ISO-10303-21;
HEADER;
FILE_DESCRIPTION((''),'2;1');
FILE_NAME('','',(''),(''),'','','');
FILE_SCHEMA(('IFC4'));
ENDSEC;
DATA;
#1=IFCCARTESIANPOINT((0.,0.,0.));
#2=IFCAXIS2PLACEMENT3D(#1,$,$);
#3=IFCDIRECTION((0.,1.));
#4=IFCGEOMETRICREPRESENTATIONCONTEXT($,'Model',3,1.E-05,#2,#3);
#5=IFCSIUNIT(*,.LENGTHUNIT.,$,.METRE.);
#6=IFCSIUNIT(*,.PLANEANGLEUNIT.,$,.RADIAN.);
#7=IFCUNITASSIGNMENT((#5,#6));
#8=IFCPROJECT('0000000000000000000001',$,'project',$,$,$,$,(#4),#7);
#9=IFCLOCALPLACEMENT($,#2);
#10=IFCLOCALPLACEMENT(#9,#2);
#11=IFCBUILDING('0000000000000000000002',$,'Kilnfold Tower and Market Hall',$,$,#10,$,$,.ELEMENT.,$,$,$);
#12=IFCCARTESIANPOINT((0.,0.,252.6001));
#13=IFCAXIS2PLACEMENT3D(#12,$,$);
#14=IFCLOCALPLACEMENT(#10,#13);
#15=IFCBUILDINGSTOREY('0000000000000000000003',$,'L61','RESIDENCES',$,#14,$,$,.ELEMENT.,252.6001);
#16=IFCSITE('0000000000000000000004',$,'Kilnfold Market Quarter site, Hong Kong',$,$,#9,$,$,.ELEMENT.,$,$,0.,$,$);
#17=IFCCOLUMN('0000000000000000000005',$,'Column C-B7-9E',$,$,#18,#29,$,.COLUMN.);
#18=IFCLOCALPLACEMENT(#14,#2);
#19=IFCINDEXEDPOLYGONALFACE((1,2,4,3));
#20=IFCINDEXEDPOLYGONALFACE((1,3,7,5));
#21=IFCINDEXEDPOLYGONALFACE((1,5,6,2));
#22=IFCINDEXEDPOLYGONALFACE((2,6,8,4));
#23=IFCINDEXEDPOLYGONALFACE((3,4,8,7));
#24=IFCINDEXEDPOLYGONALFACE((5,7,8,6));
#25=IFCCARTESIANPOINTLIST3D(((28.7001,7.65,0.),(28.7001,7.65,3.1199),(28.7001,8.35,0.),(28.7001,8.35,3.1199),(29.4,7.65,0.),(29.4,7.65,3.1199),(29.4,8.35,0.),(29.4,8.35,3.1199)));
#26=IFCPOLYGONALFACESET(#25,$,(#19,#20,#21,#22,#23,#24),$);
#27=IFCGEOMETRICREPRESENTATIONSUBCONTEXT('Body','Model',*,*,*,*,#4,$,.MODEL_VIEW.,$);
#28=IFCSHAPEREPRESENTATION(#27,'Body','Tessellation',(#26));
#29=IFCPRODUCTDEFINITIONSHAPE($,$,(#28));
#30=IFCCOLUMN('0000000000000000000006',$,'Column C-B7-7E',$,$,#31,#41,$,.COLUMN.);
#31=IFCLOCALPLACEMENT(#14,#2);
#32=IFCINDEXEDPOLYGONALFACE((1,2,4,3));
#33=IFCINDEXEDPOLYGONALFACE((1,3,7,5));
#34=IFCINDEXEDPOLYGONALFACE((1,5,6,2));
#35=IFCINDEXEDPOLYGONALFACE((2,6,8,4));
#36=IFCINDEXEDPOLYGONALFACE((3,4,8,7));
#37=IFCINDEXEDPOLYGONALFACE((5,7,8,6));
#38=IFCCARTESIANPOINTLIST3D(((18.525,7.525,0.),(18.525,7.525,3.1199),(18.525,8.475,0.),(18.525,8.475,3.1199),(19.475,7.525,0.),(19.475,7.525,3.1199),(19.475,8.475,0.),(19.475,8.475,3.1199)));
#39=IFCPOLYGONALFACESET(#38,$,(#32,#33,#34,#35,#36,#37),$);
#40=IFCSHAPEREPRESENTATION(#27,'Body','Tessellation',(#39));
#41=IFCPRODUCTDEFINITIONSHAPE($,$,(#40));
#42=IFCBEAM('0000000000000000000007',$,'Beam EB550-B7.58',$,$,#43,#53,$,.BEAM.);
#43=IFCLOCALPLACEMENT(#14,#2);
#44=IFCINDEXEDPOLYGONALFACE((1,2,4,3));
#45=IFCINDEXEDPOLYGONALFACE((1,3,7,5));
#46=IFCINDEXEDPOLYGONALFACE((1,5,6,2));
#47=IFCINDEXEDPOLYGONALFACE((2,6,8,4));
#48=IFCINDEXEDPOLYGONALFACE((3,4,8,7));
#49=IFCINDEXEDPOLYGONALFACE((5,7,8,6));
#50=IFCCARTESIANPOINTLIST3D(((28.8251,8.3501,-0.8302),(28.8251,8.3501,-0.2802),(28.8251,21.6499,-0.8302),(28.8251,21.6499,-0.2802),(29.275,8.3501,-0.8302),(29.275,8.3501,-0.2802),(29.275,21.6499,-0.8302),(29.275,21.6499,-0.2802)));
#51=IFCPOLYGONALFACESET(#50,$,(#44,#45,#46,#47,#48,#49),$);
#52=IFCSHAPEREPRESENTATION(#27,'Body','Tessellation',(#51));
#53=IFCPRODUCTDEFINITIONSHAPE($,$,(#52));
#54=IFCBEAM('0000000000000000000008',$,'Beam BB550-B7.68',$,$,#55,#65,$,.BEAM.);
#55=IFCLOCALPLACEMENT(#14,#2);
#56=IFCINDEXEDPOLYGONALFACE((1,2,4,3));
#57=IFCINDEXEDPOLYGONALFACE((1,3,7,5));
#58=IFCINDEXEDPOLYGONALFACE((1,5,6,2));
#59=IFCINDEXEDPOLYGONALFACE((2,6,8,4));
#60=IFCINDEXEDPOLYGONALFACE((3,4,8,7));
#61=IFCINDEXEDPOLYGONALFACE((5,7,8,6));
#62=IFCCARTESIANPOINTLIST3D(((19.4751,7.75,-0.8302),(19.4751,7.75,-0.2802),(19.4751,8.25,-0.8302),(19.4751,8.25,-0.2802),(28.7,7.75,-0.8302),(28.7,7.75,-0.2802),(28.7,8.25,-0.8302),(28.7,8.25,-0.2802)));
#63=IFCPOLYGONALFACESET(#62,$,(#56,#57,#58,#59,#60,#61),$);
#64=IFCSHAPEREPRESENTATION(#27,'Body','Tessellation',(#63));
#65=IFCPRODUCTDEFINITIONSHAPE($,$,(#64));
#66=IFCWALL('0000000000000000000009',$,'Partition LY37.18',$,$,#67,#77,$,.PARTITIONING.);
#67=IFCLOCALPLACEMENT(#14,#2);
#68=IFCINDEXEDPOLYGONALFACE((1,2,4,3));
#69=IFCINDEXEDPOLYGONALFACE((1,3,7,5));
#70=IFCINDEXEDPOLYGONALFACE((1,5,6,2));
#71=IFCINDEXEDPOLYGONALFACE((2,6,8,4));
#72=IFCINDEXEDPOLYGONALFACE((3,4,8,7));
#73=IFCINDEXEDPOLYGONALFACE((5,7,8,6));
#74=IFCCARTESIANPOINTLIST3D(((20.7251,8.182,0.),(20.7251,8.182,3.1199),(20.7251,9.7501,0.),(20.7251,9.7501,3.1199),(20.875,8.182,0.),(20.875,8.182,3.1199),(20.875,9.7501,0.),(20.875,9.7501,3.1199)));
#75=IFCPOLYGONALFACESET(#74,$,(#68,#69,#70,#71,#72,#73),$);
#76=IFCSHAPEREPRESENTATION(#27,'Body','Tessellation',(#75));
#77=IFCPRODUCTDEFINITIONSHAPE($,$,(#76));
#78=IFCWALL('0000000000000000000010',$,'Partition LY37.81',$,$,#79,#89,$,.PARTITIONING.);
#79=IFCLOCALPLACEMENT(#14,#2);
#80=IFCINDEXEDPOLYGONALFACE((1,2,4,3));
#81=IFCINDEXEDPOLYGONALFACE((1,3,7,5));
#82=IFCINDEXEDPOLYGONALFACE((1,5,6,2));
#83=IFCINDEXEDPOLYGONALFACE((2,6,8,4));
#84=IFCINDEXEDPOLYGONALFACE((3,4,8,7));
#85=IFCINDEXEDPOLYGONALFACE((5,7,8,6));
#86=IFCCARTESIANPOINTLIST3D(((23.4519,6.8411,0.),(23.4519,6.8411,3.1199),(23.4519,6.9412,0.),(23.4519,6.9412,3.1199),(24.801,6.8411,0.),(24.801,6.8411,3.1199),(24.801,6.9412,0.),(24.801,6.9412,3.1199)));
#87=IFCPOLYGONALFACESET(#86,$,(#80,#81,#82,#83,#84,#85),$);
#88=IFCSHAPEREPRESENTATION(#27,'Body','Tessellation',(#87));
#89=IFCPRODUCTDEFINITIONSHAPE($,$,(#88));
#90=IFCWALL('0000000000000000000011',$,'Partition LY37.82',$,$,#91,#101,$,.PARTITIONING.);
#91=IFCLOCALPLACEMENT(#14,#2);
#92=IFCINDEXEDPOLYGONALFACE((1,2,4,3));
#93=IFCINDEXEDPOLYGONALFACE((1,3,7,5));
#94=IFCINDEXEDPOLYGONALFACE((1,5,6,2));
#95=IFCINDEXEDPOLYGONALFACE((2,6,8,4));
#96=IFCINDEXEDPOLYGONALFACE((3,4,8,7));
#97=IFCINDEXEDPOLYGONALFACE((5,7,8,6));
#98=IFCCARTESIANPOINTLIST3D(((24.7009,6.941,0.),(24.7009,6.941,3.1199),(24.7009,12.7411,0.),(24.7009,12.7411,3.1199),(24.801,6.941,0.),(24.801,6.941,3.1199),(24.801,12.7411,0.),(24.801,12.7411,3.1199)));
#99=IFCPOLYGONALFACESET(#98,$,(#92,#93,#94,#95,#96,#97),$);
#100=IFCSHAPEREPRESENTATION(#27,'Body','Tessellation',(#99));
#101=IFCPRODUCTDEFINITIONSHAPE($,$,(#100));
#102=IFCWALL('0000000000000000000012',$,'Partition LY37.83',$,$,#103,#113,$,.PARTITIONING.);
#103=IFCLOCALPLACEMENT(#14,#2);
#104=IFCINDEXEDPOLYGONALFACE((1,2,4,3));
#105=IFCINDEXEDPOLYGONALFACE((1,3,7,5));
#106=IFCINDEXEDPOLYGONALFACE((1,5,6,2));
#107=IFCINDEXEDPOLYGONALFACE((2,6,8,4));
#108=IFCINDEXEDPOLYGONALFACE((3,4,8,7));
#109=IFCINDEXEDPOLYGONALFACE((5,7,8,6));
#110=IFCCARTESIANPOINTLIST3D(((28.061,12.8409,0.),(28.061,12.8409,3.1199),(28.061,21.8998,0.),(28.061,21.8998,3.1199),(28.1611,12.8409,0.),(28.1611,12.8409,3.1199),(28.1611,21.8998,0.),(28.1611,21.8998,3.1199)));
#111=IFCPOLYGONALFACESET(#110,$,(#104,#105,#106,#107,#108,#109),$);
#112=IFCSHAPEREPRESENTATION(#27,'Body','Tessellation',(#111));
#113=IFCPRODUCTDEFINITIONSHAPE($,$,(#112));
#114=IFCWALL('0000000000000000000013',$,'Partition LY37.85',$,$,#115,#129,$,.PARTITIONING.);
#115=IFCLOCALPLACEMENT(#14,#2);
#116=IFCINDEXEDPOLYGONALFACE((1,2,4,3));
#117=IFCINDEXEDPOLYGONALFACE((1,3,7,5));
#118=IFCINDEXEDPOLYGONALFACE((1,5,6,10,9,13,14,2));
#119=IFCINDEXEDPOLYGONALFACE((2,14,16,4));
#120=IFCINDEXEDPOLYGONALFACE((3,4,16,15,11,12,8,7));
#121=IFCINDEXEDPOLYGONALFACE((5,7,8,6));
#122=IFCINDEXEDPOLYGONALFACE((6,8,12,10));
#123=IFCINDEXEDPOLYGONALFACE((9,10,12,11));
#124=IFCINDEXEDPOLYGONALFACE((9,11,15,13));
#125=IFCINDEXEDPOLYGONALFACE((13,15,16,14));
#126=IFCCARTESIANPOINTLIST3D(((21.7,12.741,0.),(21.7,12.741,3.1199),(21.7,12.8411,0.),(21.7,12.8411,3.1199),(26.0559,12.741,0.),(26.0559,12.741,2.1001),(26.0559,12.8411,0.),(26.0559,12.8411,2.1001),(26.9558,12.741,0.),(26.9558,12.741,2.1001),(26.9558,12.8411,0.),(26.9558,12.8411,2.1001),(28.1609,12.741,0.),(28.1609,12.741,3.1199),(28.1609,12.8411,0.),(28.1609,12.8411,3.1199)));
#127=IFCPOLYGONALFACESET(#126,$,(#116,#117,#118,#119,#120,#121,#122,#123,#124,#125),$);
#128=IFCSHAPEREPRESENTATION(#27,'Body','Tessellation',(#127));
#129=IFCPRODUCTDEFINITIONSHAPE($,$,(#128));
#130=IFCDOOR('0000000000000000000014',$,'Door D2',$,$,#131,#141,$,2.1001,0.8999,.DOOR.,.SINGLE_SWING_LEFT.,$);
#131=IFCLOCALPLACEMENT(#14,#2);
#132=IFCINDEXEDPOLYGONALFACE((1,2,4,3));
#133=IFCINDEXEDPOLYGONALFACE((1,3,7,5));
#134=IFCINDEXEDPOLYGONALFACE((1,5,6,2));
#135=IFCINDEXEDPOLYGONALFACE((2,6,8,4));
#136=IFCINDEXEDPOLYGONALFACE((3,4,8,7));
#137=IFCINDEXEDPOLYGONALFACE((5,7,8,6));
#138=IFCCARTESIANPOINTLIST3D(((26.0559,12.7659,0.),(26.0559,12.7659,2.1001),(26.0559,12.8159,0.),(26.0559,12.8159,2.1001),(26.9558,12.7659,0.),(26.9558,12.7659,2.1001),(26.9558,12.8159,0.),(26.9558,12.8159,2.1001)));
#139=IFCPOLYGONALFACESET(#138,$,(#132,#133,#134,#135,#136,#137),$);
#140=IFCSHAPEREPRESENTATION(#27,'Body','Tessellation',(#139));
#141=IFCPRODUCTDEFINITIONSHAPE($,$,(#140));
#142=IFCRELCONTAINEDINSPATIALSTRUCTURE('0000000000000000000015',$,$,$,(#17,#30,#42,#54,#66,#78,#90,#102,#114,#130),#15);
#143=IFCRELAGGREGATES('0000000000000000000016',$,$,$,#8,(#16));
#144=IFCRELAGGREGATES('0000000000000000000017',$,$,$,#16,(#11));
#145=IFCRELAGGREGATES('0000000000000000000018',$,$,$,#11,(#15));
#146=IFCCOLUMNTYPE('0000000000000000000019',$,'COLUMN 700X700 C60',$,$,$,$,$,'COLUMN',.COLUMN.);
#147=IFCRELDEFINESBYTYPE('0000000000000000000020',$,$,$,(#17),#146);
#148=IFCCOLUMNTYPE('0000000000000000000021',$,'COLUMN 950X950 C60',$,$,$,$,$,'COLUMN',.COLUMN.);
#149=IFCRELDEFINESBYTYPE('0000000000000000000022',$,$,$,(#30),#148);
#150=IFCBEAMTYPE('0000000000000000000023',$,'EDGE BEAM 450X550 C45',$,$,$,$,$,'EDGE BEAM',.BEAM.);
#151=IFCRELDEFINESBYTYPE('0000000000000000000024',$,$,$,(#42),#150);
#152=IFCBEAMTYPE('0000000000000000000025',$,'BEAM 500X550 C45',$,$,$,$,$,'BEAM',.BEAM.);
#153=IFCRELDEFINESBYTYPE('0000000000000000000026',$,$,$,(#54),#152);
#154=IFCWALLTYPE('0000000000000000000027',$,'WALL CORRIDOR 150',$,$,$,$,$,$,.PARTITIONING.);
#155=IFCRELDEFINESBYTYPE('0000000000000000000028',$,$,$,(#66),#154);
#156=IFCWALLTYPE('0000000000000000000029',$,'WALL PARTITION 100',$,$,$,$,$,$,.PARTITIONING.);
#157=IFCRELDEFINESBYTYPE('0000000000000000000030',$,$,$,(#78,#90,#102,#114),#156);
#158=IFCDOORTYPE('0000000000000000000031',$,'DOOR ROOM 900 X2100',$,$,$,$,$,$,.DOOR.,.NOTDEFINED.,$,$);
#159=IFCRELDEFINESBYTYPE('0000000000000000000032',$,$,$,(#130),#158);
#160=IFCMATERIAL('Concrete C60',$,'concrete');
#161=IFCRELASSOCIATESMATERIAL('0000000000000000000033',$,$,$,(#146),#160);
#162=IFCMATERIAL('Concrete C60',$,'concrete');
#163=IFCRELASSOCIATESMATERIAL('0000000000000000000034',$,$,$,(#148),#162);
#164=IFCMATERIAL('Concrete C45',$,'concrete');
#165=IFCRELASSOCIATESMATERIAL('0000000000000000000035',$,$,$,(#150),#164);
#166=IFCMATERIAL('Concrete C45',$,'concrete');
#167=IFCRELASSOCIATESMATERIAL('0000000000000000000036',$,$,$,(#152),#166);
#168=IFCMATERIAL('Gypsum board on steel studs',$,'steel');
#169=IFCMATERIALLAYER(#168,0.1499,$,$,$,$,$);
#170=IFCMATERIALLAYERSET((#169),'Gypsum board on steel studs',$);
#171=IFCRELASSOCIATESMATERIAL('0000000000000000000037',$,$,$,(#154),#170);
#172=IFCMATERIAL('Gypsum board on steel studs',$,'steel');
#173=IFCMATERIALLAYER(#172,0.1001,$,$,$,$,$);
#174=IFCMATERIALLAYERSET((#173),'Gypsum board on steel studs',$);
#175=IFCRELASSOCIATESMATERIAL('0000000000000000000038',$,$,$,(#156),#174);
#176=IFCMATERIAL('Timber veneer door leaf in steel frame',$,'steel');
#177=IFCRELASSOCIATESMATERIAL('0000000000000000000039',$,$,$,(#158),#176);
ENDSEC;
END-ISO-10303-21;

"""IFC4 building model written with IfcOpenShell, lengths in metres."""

from ifc_helpers import new_model, si_unit, direction, frame, frame_2d, origin, origin_2d, place, context, subcontext, project, spatial, rectangle, extrude, source, transform, mapped, material, layer, layer_set, material_profile, profile_set, type_object, element, fill, save


model = new_model("IFC4")

# Units and contexts
model_context = context("Model", 3, precision=1e-05, world=origin(), true_north=direction((0.0, 1.0)))
body_context = subcontext(model_context, "Body", "Model", "MODEL_VIEW")
ifc_project = project(units=[si_unit("LENGTHUNIT", "METRE"), si_unit("PLANEANGLEUNIT", "RADIAN")], contexts=[model_context])

# Site, building, storey
site_placement = place(None, origin())
site = spatial("IfcSite", under=ifc_project, at=site_placement, Name="Kilnfold Market Quarter site, Hong Kong", CompositionType="ELEMENT", RefElevation=0.0)
building_placement = place(site_placement, origin())
building = spatial("IfcBuilding", under=site, at=building_placement, Name="Kilnfold Tower and Market Hall", CompositionType="ELEMENT")
storey_placement = place(building_placement, frame((0.0, 0.0, 252.6001)))
storey = spatial("IfcBuildingStorey", under=building, at=storey_placement, Name="L61", Description="RESIDENCES", CompositionType="ELEMENT", Elevation=252.6001)

# Columns
ifc_material_1 = material(Name="Concrete C60", Category="concrete")
ifc_material_profile_1 = material_profile(ifc_material_1, rectangle(XDim=0.7, YDim=0.7, at=origin_2d()), Name="RC 700x700")
ifc_profile_set_1 = profile_set([ifc_material_profile_1], Name="Concrete C60")
column_type_1 = type_object("IfcColumnType", Name="COLUMN 700X700 C60", ElementType="COLUMN", PredefinedType="COLUMN", material=ifc_profile_set_1)
shared_shape_1 = source(origin(), body_context, "Body", "SweptSolid", [
    extrude(rectangle(XDim=0.7, YDim=0.7, at=origin_2d()), origin(), (0.0, 0.0, 1.0), 3.1199),
])
column_1_placement = place(storey_placement, frame((29.05, 8.0, 0.0), z_axis=(0.0, 0.0, 1.0), x_axis=(1.0, 0.0, 0.0)))
element("IfcColumn", 1, at=column_1_placement, inside=storey, type_object=column_type_1, Name="Column C-B7-9E", PredefinedType="COLUMN", context=body_context, shape_type="MappedRepresentation", body=[
    mapped(shared_shape_1, transform((0.0, 0.0, 0.0))),
])
ifc_material_2 = material(Name="Concrete C60", Category="concrete")
ifc_material_profile_2 = material_profile(ifc_material_2, rectangle(XDim=0.95, YDim=0.95, at=origin_2d()), Name="RC 950x950")
ifc_profile_set_2 = profile_set([ifc_material_profile_2], Name="Concrete C60")
column_type_2 = type_object("IfcColumnType", Name="COLUMN 950X950 C60", ElementType="COLUMN", PredefinedType="COLUMN", material=ifc_profile_set_2)
shared_shape_2 = source(origin(), body_context, "Body", "SweptSolid", [
    extrude(rectangle(XDim=0.95, YDim=0.95, at=origin_2d()), origin(), (0.0, 0.0, 1.0), 3.1199),
])
column_2_placement = place(storey_placement, frame((19.0, 8.0, 0.0), z_axis=(0.0, 0.0, 1.0), x_axis=(1.0, 0.0, 0.0)))
element("IfcColumn", 2, at=column_2_placement, inside=storey, type_object=column_type_2, Name="Column C-B7-7E", PredefinedType="COLUMN", context=body_context, shape_type="MappedRepresentation", body=[
    mapped(shared_shape_2, transform((0.0, 0.0, 0.0))),
])

# Beams
ifc_material_3 = material(Name="Concrete C45", Category="concrete")
ifc_material_profile_3 = material_profile(ifc_material_3, rectangle(XDim=0.45, YDim=0.55, at=origin_2d()), Name="RC 450x550")
ifc_profile_set_3 = profile_set([ifc_material_profile_3], Name="Concrete C45")
beam_type_1 = type_object("IfcBeamType", Name="EDGE BEAM 450X550 C45", ElementType="EDGE BEAM", PredefinedType="BEAM", material=ifc_profile_set_3)
shared_shape_3 = source(origin(), body_context, "Body", "SweptSolid", [
    extrude(rectangle(XDim=0.45, YDim=0.55, at=origin_2d()), origin(), (0.0, 0.0, 1.0), 13.2998),
])
beam_1_placement = place(storey_placement, frame((29.05, 8.3501, -0.5552), z_axis=(0.0, 1.0, 0.0), x_axis=(-1.0, 0.0, 0.0)))
element("IfcBeam", 3, at=beam_1_placement, inside=storey, type_object=beam_type_1, Name="Beam EB550-B7.58", PredefinedType="BEAM", context=body_context, shape_type="MappedRepresentation", body=[
    mapped(shared_shape_3, transform((0.0, 0.0, 0.0))),
])
ifc_material_4 = material(Name="Concrete C45", Category="concrete")
ifc_material_profile_4 = material_profile(ifc_material_4, rectangle(XDim=0.5, YDim=0.55, at=origin_2d()), Name="RC 500x550")
ifc_profile_set_4 = profile_set([ifc_material_profile_4], Name="Concrete C45")
beam_type_2 = type_object("IfcBeamType", Name="BEAM 500X550 C45", ElementType="BEAM", PredefinedType="BEAM", material=ifc_profile_set_4)
shared_shape_4 = source(origin(), body_context, "Body", "SweptSolid", [
    extrude(rectangle(XDim=0.5, YDim=0.55, at=origin_2d()), origin(), (0.0, 0.0, 1.0), 9.2249),
])
beam_2_placement = place(storey_placement, frame((19.4751, 8.0, -0.5552), z_axis=(1.0, 0.0, 0.0), x_axis=(0.0, 1.0, 0.0)))
element("IfcBeam", 4, at=beam_2_placement, inside=storey, type_object=beam_type_2, Name="Beam BB550-B7.68", PredefinedType="BEAM", context=body_context, shape_type="MappedRepresentation", body=[
    mapped(shared_shape_4, transform((0.0, 0.0, 0.0))),
])

# Walls
ifc_material_5 = material(Name="Gypsum board on steel studs", Category="steel")
ifc_layer_1 = layer(ifc_material_5, 0.1499)
ifc_layer_set_1 = layer_set([ifc_layer_1], Name="Gypsum board on steel studs")
wall_type_1 = type_object("IfcWallType", Name="WALL CORRIDOR 150", PredefinedType="PARTITIONING", material=ifc_layer_set_1)
wall_1_placement = place(storey_placement, frame((20.8, 8.1819, 0.0), z_axis=(0.0, 0.0, 1.0), x_axis=(0.0, 1.0, 0.0)))
element("IfcWall", 5, at=wall_1_placement, inside=storey, type_object=wall_type_1, Name="Partition LY37.18", PredefinedType="PARTITIONING", context=body_context, shape_type="SweptSolid", body=[
    extrude(rectangle(XDim=1.5681, YDim=0.1499, at=frame_2d((0.7842, 0.0))), origin(), (0.0, 0.0, 1.0), 3.1199),
])
ifc_material_6 = material(Name="Gypsum board on steel studs", Category="steel")
ifc_layer_2 = layer(ifc_material_6, 0.1001)
ifc_layer_set_2 = layer_set([ifc_layer_2], Name="Gypsum board on steel studs")
wall_type_2 = type_object("IfcWallType", Name="WALL PARTITION 100", PredefinedType="PARTITIONING", material=ifc_layer_set_2)
wall_2_placement = place(storey_placement, frame((24.801, 6.8911, 0.0), z_axis=(0.0, 0.0, 1.0), x_axis=(-1.0, 0.0, 0.0)))
element("IfcWall", 6, at=wall_2_placement, inside=storey, type_object=wall_type_2, Name="Partition LY37.81", PredefinedType="PARTITIONING", context=body_context, shape_type="SweptSolid", body=[
    extrude(rectangle(XDim=1.3491, YDim=0.1001, at=frame_2d((0.6746, 0.0))), origin(), (0.0, 0.0, 1.0), 3.1199),
])
wall_3_placement = place(storey_placement, frame((24.751, 12.741, 0.0), z_axis=(0.0, 0.0, 1.0), x_axis=(0.0, -1.0, 0.0)))
element("IfcWall", 7, at=wall_3_placement, inside=storey, type_object=wall_type_2, Name="Partition LY37.82", PredefinedType="PARTITIONING", context=body_context, shape_type="SweptSolid", body=[
    extrude(rectangle(XDim=5.8, YDim=0.1001, at=frame_2d((2.8999, 0.0))), origin(), (0.0, 0.0, 1.0), 3.1199),
])
wall_4_placement = place(storey_placement, frame((28.1111, 12.8411, 0.0), z_axis=(0.0, 0.0, 1.0), x_axis=(0.0, 1.0, 0.0)))
element("IfcWall", 8, at=wall_4_placement, inside=storey, type_object=wall_type_2, Name="Partition LY37.83", PredefinedType="PARTITIONING", context=body_context, shape_type="SweptSolid", body=[
    extrude(rectangle(XDim=9.0588, YDim=0.1001, at=frame_2d((4.5293, 0.0))), origin(), (0.0, 0.0, 1.0), 3.1199),
])

# Wall, opening, door
wall_5_placement = place(storey_placement, frame((21.7, 12.791, 0.0), z_axis=(0.0, 0.0, 1.0), x_axis=(1.0, 0.0, 0.0)))
wall_5 = element("IfcWall", 9, at=wall_5_placement, inside=storey, type_object=wall_type_2, Name="Partition LY37.85", PredefinedType="PARTITIONING", context=body_context, shape_type="SweptSolid", body=[
    extrude(rectangle(XDim=6.4609, YDim=0.1001, at=frame_2d((3.2305, 0.0))), origin(), (0.0, 0.0, 1.0), 3.1199),
])
opening_1_placement = place(wall_5_placement, frame((4.356, 0.0, 0.0)))
opening_1 = element("IfcOpeningElement", 10, at=opening_1_placement, cuts=wall_5, PredefinedType="OPENING", context=body_context, shape_type="SweptSolid", body=[
    extrude(rectangle(XDim=0.8999, YDim=2.1001, at=frame_2d((0.45, 1.05))), frame((0.0, 0.0601, 0.0), z_axis=(0.0, -1.0, 0.0), x_axis=(1.0, 0.0, 0.0)), (0.0, 0.0, 1.0), 0.1201),
])
ifc_material_7 = material(Name="Timber veneer door leaf in steel frame", Category="steel")
door_type_1 = type_object("IfcDoorType", Name="DOOR ROOM 900 X2100", OperationType="NOTDEFINED", PredefinedType="DOOR", material=ifc_material_7)
door_1_placement = place(opening_1_placement, origin())
door_1 = element("IfcDoor", 11, at=door_1_placement, inside=storey, type_object=door_type_1, Name="Door D2", OperationType="SINGLE_SWING_LEFT", OverallHeight=2.1001, OverallWidth=0.8999, PredefinedType="DOOR", context=body_context, shape_type="SweptSolid", body=[
    extrude(rectangle(XDim=0.8999, YDim=2.1001, at=frame_2d((0.45, 1.05))), frame((0.0, 0.0249, 0.0), z_axis=(0.0, -1.0, 0.0), x_axis=(1.0, 0.0, 0.0)), (0.0, 0.0, 1.0), 0.05),
])
fill(opening_1, door_1)

save(model, "model.ifc")
